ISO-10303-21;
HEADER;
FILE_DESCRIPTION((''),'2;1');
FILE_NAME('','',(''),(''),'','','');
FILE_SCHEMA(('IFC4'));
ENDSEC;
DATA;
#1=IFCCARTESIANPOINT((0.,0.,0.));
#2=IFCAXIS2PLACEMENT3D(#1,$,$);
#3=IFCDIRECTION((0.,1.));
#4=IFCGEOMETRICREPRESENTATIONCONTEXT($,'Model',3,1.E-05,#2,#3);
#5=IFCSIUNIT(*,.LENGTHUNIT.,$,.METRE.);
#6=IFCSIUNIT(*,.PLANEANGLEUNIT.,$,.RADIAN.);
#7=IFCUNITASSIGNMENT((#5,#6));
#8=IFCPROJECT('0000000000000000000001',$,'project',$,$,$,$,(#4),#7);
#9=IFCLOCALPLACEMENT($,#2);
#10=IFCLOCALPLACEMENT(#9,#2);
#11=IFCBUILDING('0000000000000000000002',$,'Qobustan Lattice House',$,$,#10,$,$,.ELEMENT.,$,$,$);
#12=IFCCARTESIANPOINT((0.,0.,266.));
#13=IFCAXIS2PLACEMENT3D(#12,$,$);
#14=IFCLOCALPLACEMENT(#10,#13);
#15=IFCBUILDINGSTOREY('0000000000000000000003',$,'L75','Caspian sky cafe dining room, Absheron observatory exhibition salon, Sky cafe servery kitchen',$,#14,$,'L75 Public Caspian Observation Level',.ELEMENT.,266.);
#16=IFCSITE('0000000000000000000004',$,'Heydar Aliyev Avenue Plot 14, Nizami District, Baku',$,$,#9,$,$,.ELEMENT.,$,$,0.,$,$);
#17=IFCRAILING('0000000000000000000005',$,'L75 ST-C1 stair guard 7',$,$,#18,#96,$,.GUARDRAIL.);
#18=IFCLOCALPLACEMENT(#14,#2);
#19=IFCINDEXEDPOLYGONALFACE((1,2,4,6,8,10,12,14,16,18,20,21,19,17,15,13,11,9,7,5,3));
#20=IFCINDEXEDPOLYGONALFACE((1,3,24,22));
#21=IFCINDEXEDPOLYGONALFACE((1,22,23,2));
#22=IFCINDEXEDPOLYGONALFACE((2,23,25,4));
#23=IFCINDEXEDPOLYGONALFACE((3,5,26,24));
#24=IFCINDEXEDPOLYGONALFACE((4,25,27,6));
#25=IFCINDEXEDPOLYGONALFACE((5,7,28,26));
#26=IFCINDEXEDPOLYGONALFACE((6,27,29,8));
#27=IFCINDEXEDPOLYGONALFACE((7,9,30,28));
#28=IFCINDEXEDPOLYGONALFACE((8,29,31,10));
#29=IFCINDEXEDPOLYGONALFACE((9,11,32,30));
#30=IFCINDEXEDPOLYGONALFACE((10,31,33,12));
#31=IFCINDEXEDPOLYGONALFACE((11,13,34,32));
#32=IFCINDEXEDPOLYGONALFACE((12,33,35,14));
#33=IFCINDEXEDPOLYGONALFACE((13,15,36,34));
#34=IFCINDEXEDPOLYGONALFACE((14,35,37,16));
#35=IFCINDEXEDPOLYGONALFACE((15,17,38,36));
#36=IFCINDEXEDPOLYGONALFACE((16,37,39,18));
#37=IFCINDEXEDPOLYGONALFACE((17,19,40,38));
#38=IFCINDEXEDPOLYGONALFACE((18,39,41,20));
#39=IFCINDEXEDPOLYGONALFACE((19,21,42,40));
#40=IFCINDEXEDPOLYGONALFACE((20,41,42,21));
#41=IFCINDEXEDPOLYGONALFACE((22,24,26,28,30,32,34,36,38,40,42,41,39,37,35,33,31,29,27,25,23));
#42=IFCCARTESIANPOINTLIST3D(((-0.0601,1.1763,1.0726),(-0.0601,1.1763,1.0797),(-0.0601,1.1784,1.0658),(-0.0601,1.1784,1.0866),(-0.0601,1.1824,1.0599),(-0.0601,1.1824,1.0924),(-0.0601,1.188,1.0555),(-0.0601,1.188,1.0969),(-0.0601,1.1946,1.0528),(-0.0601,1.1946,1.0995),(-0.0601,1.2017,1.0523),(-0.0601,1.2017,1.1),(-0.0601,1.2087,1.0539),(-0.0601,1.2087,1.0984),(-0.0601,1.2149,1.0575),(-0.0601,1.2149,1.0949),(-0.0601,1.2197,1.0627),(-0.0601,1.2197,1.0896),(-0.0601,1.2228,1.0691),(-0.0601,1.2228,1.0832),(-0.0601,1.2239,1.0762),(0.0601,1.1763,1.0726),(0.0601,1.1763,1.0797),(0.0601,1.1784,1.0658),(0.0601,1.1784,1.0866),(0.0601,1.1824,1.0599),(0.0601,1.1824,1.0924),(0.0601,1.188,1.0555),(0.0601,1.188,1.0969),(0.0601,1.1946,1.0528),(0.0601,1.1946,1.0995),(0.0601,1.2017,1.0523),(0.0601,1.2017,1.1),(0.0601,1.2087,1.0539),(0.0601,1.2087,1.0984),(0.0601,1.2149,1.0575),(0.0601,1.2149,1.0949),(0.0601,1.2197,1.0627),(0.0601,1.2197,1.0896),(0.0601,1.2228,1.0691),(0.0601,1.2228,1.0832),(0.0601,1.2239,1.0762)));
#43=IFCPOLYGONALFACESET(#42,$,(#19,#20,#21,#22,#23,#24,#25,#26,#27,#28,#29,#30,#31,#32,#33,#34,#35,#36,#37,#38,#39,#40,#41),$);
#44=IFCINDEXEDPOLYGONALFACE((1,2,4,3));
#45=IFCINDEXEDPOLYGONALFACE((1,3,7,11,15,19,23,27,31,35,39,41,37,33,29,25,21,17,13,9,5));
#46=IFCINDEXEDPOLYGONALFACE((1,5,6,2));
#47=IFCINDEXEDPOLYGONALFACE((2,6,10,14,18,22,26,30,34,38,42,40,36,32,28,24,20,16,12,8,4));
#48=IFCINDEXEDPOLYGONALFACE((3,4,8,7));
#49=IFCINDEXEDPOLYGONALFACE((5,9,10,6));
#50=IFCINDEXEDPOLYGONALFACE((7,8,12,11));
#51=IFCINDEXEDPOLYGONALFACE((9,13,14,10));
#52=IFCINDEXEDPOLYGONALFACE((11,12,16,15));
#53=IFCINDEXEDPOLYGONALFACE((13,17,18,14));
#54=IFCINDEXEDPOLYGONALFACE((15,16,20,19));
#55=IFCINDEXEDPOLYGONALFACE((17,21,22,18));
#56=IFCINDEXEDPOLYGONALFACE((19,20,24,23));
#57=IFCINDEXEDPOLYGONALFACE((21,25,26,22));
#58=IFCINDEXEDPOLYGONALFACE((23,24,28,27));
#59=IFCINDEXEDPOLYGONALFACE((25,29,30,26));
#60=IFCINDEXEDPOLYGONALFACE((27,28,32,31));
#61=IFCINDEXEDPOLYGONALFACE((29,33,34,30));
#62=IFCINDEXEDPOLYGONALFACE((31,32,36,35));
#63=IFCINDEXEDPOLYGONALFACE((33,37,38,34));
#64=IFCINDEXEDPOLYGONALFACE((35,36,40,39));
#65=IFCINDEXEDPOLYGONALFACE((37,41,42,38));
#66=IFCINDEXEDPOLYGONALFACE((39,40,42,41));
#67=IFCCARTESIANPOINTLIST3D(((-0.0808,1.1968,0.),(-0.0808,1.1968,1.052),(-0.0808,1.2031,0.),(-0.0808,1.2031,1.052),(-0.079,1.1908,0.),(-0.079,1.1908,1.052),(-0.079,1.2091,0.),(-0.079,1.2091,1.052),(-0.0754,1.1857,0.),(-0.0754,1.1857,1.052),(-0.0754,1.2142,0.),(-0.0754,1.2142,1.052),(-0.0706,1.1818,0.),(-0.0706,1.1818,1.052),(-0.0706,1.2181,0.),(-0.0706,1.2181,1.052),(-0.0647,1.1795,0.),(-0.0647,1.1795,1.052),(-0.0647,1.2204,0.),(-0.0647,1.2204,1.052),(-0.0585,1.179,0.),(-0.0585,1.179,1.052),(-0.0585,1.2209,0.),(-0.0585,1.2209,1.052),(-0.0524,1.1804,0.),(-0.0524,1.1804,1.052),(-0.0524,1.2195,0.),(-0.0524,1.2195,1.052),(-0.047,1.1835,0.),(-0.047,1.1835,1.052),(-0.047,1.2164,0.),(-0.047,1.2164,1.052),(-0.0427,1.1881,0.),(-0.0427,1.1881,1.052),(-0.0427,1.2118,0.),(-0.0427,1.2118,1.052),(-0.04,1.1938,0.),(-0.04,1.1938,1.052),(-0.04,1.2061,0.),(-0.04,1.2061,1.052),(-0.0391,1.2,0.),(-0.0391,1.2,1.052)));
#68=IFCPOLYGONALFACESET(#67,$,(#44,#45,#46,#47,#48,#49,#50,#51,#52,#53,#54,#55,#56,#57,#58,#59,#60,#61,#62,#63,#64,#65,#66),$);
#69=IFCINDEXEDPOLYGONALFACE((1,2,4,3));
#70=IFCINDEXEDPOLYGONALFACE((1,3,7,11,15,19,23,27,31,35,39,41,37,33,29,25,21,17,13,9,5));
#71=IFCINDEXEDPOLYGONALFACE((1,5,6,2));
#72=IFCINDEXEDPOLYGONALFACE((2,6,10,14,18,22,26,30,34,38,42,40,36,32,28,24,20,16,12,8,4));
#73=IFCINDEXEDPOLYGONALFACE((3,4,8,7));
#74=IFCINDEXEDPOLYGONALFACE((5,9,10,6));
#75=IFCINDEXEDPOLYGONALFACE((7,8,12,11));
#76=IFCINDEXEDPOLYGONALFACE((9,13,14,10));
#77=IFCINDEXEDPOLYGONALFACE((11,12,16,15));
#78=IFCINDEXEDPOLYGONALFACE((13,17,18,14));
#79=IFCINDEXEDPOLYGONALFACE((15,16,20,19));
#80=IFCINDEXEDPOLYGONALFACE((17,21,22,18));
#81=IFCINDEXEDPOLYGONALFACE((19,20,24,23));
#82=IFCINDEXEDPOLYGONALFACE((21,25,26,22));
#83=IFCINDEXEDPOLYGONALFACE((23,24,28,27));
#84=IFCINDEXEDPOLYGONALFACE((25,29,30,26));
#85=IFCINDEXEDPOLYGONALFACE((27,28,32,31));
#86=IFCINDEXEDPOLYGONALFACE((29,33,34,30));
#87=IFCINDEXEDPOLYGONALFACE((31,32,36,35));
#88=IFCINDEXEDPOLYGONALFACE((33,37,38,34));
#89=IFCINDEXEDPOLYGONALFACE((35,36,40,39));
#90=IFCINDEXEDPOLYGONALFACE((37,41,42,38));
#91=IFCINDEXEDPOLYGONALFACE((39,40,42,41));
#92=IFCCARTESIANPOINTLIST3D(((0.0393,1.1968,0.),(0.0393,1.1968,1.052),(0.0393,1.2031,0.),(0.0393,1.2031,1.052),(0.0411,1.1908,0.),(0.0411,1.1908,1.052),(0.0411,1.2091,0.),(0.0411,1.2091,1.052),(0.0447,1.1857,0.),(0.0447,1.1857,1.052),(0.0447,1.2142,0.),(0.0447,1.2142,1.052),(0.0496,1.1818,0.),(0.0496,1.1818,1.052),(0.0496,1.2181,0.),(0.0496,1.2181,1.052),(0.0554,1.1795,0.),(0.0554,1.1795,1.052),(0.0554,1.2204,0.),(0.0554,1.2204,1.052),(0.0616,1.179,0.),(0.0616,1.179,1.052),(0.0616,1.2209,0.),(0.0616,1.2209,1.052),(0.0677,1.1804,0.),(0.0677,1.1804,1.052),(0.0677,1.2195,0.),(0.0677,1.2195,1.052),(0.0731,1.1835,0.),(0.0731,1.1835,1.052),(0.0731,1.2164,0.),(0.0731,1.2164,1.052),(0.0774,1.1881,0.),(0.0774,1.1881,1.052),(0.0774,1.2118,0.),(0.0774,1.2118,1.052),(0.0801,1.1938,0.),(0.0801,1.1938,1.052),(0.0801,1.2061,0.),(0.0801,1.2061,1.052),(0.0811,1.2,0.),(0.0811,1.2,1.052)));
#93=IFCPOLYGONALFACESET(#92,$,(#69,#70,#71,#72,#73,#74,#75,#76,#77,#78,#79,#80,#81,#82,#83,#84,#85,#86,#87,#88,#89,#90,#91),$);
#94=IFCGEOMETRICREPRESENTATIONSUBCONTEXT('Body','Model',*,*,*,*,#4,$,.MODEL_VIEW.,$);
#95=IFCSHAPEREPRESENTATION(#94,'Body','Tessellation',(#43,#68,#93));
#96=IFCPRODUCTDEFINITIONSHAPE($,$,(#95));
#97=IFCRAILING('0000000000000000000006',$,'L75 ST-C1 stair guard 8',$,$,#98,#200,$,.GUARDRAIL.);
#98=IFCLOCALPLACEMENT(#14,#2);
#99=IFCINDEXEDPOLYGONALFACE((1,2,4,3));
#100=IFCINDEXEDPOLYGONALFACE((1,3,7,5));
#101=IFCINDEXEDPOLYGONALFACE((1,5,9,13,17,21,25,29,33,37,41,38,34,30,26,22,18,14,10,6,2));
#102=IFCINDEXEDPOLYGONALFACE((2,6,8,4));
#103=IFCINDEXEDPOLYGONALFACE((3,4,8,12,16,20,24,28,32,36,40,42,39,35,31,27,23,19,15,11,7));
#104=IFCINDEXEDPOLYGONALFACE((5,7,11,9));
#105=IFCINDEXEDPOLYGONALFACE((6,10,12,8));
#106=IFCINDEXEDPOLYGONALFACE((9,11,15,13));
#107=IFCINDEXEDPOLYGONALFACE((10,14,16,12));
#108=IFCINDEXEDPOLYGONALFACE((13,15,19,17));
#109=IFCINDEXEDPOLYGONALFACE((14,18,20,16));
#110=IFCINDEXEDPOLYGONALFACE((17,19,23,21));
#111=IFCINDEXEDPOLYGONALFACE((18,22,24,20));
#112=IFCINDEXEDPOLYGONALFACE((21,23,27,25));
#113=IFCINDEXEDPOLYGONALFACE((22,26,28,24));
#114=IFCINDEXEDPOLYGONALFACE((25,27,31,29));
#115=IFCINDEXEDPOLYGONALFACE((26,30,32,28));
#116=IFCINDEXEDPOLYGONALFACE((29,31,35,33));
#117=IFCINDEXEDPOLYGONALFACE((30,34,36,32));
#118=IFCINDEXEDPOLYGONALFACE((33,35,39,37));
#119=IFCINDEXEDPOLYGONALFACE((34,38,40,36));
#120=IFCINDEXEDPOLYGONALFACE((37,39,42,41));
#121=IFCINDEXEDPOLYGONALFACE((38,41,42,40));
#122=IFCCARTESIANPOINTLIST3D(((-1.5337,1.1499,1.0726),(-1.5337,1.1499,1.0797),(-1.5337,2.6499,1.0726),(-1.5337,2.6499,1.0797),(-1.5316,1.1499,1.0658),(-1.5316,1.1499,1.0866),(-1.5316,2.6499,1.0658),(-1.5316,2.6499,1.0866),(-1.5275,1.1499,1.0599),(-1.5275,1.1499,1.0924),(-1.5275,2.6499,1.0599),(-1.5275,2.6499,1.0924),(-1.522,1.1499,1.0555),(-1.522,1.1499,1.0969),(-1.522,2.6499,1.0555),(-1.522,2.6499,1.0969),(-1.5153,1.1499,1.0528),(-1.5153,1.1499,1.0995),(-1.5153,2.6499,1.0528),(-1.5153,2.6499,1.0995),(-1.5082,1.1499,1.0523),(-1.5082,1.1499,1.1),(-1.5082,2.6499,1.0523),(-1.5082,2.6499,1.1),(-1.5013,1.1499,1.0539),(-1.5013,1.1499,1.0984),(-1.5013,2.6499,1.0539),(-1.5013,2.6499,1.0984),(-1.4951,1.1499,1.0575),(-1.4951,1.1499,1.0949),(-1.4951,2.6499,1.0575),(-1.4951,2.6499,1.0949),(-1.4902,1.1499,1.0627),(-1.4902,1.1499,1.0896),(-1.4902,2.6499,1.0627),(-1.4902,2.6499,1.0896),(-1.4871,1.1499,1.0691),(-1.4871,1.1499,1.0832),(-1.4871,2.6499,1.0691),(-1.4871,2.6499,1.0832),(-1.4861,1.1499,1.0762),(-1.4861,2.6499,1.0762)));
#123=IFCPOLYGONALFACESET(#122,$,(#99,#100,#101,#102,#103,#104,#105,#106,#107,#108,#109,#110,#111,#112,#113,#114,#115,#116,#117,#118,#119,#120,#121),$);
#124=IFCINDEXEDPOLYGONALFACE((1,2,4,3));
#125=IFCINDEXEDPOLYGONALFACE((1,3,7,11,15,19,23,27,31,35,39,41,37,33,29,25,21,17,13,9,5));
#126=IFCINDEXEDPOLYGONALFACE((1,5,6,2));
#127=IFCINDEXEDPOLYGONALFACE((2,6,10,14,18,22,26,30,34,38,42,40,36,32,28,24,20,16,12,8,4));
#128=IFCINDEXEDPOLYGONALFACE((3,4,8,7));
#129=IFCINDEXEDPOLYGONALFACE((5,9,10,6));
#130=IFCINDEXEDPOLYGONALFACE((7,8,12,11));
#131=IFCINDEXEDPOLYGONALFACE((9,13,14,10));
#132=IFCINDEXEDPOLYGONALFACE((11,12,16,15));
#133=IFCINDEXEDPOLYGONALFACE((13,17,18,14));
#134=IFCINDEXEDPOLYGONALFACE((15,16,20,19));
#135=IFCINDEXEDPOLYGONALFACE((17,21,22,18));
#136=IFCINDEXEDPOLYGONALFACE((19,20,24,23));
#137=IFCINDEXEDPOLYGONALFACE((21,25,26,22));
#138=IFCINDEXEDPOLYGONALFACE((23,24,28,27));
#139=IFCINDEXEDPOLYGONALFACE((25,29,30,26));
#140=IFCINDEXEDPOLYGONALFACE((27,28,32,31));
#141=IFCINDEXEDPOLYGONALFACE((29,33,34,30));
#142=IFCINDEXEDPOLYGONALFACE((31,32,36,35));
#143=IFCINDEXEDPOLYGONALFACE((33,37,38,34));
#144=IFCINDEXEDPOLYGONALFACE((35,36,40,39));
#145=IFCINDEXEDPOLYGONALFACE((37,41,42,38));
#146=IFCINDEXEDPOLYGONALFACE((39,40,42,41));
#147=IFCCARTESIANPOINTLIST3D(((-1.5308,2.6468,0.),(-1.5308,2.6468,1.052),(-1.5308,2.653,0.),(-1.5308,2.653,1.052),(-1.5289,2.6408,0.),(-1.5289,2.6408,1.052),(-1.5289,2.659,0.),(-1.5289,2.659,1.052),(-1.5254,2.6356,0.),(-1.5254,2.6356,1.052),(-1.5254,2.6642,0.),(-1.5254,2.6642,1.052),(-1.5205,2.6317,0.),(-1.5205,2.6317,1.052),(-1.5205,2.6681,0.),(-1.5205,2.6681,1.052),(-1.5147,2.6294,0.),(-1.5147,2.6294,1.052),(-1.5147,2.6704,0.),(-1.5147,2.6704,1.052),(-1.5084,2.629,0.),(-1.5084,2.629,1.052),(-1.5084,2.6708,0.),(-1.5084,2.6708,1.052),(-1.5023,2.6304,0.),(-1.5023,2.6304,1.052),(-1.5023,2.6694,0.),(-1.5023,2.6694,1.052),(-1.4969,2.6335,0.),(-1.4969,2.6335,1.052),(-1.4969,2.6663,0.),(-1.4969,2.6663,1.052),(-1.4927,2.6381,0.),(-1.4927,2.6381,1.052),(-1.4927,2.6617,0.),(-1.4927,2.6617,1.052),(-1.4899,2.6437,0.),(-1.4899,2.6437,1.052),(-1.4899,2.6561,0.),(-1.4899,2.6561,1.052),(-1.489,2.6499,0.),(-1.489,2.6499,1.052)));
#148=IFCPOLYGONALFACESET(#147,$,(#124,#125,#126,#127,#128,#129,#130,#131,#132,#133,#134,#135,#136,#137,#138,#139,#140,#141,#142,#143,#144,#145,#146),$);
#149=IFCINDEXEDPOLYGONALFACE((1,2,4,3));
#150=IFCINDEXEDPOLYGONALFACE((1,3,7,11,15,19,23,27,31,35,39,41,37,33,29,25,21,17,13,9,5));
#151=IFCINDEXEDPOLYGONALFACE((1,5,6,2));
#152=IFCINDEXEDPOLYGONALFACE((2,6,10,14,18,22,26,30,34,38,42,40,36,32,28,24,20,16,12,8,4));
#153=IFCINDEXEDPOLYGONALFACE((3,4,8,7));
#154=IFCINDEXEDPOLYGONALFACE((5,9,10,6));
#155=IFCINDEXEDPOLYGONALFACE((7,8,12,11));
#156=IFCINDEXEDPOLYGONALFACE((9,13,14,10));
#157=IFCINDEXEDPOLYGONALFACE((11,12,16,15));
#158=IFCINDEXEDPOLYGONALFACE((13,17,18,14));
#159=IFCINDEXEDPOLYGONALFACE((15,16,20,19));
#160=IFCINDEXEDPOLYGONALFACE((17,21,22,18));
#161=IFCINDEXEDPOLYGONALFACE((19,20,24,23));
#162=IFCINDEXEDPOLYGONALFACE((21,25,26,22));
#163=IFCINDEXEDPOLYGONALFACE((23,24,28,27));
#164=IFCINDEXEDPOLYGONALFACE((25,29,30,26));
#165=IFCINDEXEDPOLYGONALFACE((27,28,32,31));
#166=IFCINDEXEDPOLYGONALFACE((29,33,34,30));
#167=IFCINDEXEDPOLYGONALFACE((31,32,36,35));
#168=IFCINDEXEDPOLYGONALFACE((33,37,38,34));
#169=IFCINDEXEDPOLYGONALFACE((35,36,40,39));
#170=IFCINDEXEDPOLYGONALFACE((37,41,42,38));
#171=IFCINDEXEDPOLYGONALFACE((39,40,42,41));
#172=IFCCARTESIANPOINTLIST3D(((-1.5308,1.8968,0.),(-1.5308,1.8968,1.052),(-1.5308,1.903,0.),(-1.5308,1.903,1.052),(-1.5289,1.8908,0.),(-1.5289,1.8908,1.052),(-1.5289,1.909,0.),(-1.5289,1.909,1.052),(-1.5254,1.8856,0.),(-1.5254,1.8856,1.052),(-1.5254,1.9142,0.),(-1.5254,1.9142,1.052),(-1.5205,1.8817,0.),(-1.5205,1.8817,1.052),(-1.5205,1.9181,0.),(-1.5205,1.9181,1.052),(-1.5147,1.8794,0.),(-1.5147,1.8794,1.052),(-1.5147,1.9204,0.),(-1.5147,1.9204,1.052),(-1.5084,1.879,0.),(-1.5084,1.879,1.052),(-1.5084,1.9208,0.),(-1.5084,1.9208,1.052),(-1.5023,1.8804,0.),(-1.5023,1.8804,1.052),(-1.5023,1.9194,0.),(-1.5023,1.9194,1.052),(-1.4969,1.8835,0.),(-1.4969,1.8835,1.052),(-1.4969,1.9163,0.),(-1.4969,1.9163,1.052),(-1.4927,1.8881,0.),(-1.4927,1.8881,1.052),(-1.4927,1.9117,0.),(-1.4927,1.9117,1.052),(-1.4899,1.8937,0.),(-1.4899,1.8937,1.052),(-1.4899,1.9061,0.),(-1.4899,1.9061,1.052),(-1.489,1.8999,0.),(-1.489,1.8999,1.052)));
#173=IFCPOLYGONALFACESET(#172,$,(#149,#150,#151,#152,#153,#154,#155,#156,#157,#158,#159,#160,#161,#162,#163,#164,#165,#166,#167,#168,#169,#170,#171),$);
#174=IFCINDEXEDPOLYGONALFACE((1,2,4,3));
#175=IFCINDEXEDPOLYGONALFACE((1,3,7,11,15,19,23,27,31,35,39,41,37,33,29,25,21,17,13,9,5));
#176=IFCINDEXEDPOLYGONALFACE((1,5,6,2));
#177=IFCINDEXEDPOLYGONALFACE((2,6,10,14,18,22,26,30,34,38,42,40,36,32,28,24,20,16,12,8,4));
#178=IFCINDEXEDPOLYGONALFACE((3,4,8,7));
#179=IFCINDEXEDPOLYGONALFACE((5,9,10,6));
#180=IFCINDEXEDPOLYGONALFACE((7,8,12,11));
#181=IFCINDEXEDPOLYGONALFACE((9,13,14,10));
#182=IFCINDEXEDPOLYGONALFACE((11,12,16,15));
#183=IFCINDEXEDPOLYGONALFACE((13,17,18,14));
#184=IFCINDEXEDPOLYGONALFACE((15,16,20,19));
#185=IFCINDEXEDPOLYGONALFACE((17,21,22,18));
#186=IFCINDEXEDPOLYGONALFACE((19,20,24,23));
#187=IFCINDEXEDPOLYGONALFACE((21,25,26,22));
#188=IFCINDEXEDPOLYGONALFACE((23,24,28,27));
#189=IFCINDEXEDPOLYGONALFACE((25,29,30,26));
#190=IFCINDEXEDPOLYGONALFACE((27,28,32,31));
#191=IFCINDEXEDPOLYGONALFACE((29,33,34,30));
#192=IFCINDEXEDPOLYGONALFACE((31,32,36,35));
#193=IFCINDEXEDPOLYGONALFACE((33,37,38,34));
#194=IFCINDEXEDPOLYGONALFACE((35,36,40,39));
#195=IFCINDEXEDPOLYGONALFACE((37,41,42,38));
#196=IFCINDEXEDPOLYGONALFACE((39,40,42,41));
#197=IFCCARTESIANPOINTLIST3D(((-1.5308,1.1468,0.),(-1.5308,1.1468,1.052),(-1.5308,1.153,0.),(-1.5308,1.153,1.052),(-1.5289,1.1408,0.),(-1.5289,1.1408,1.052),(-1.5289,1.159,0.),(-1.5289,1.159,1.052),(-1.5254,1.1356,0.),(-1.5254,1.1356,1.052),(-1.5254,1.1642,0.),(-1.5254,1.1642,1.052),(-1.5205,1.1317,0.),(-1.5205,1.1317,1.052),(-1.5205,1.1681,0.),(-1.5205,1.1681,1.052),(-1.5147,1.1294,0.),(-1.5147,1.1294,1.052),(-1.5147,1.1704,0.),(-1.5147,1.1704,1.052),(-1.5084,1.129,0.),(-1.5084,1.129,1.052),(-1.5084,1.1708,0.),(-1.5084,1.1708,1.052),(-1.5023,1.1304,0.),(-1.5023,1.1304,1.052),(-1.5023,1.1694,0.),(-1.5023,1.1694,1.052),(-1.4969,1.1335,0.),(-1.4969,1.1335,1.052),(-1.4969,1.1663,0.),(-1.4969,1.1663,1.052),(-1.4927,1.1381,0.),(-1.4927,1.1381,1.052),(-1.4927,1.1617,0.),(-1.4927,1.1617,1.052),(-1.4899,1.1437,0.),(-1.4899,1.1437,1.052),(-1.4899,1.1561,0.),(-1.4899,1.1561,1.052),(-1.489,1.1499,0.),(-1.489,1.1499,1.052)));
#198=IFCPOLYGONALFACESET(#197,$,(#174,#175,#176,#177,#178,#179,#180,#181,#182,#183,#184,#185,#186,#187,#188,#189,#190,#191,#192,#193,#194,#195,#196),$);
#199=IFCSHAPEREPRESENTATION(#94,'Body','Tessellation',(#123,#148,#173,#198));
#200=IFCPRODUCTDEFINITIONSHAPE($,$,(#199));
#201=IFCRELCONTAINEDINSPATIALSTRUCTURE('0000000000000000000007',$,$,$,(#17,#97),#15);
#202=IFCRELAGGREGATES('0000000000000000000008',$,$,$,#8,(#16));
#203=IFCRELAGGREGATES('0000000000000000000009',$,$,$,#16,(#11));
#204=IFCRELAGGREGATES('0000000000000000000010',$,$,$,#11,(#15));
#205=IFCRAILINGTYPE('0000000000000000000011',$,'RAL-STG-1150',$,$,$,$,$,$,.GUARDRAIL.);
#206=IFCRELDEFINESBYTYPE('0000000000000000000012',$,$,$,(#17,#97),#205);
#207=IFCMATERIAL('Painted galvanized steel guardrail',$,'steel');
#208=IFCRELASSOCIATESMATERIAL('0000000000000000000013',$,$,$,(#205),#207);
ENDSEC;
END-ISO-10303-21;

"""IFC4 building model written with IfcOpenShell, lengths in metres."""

from ifc_helpers import new_model, si_unit, direction, frame, origin, origin_2d, place, context, subcontext, project, spatial, circle, extrude, material, type_object, element, save


model = new_model("IFC4")

# Units and contexts
model_context = context("Model", 3, precision=1e-05, world=origin(), true_north=direction((0.0, 1.0)))
body_context = subcontext(model_context, "Body", "Model", "MODEL_VIEW")
ifc_project = project(units=[si_unit("LENGTHUNIT", "METRE"), si_unit("PLANEANGLEUNIT", "RADIAN")], contexts=[model_context])

# Site, building, storey
site_placement = place(None, origin())
site = spatial("IfcSite", under=ifc_project, at=site_placement, Name="Heydar Aliyev Avenue Plot 14, Nizami District, Baku", CompositionType="ELEMENT", RefElevation=0.0)
building_placement = place(site_placement, origin())
building = spatial("IfcBuilding", under=site, at=building_placement, Name="Qobustan Lattice House", CompositionType="ELEMENT")
storey_placement = place(building_placement, frame((0.0, 0.0, 266.0)))
storey = spatial("IfcBuildingStorey", under=building, at=storey_placement, Name="L75", Description="Caspian sky cafe dining room, Absheron observatory exhibition salon, Sky cafe servery kitchen", LongName="L75 Public Caspian Observation Level", CompositionType="ELEMENT", Elevation=266.0)

# Railings
ifc_material_1 = material(Name="Painted galvanized steel guardrail", Category="steel")
railing_type_1 = type_object("IfcRailingType", Name="RAL-STG-1150", PredefinedType="GUARDRAIL", material=ifc_material_1)
railing_1_placement = place(storey_placement, frame((-0.0601, 1.2, 0.0)))
element("IfcRailing", 1, at=railing_1_placement, inside=storey, type_object=railing_type_1, Name="L75 ST-C1 stair guard 7", PredefinedType="GUARDRAIL", context=body_context, shape_type="SweptSolid", body=[
    extrude(circle(Radius=0.0239, at=origin_2d()), frame((0.0, 0.0, 1.0762), z_axis=(1.0, 0.0, 0.0), x_axis=(0.0, 1.0, 0.0)), (0.0, 0.0, 1.0), 0.1201),
    extrude(circle(Radius=0.021, at=origin_2d()), origin(), (0.0, 0.0, 1.0), 1.052),
    extrude(circle(Radius=0.021, at=origin_2d()), frame((0.1201, 0.0, 0.0)), (0.0, 0.0, 1.0), 1.052),
])
railing_2_placement = place(storey_placement, frame((-1.51, 2.6499, 0.0)))
element("IfcRailing", 2, at=railing_2_placement, inside=storey, type_object=railing_type_1, Name="L75 ST-C1 stair guard 8", PredefinedType="GUARDRAIL", context=body_context, shape_type="SweptSolid", body=[
    extrude(circle(Radius=0.0239, at=origin_2d()), frame((0.0, 0.0, 1.0762), z_axis=(0.0, -1.0, 0.0), x_axis=(1.0, 0.0, 0.0)), (0.0, 0.0, 1.0), 1.5),
    extrude(circle(Radius=0.021, at=origin_2d()), origin(), (0.0, 0.0, 1.0), 1.052),
    extrude(circle(Radius=0.021, at=origin_2d()), frame((0.0, -0.75, 0.0)), (0.0, 0.0, 1.0), 1.052),
    extrude(circle(Radius=0.021, at=origin_2d()), frame((0.0, -1.5, 0.0)), (0.0, 0.0, 1.0), 1.052),
])

save(model, "model.ifc")
